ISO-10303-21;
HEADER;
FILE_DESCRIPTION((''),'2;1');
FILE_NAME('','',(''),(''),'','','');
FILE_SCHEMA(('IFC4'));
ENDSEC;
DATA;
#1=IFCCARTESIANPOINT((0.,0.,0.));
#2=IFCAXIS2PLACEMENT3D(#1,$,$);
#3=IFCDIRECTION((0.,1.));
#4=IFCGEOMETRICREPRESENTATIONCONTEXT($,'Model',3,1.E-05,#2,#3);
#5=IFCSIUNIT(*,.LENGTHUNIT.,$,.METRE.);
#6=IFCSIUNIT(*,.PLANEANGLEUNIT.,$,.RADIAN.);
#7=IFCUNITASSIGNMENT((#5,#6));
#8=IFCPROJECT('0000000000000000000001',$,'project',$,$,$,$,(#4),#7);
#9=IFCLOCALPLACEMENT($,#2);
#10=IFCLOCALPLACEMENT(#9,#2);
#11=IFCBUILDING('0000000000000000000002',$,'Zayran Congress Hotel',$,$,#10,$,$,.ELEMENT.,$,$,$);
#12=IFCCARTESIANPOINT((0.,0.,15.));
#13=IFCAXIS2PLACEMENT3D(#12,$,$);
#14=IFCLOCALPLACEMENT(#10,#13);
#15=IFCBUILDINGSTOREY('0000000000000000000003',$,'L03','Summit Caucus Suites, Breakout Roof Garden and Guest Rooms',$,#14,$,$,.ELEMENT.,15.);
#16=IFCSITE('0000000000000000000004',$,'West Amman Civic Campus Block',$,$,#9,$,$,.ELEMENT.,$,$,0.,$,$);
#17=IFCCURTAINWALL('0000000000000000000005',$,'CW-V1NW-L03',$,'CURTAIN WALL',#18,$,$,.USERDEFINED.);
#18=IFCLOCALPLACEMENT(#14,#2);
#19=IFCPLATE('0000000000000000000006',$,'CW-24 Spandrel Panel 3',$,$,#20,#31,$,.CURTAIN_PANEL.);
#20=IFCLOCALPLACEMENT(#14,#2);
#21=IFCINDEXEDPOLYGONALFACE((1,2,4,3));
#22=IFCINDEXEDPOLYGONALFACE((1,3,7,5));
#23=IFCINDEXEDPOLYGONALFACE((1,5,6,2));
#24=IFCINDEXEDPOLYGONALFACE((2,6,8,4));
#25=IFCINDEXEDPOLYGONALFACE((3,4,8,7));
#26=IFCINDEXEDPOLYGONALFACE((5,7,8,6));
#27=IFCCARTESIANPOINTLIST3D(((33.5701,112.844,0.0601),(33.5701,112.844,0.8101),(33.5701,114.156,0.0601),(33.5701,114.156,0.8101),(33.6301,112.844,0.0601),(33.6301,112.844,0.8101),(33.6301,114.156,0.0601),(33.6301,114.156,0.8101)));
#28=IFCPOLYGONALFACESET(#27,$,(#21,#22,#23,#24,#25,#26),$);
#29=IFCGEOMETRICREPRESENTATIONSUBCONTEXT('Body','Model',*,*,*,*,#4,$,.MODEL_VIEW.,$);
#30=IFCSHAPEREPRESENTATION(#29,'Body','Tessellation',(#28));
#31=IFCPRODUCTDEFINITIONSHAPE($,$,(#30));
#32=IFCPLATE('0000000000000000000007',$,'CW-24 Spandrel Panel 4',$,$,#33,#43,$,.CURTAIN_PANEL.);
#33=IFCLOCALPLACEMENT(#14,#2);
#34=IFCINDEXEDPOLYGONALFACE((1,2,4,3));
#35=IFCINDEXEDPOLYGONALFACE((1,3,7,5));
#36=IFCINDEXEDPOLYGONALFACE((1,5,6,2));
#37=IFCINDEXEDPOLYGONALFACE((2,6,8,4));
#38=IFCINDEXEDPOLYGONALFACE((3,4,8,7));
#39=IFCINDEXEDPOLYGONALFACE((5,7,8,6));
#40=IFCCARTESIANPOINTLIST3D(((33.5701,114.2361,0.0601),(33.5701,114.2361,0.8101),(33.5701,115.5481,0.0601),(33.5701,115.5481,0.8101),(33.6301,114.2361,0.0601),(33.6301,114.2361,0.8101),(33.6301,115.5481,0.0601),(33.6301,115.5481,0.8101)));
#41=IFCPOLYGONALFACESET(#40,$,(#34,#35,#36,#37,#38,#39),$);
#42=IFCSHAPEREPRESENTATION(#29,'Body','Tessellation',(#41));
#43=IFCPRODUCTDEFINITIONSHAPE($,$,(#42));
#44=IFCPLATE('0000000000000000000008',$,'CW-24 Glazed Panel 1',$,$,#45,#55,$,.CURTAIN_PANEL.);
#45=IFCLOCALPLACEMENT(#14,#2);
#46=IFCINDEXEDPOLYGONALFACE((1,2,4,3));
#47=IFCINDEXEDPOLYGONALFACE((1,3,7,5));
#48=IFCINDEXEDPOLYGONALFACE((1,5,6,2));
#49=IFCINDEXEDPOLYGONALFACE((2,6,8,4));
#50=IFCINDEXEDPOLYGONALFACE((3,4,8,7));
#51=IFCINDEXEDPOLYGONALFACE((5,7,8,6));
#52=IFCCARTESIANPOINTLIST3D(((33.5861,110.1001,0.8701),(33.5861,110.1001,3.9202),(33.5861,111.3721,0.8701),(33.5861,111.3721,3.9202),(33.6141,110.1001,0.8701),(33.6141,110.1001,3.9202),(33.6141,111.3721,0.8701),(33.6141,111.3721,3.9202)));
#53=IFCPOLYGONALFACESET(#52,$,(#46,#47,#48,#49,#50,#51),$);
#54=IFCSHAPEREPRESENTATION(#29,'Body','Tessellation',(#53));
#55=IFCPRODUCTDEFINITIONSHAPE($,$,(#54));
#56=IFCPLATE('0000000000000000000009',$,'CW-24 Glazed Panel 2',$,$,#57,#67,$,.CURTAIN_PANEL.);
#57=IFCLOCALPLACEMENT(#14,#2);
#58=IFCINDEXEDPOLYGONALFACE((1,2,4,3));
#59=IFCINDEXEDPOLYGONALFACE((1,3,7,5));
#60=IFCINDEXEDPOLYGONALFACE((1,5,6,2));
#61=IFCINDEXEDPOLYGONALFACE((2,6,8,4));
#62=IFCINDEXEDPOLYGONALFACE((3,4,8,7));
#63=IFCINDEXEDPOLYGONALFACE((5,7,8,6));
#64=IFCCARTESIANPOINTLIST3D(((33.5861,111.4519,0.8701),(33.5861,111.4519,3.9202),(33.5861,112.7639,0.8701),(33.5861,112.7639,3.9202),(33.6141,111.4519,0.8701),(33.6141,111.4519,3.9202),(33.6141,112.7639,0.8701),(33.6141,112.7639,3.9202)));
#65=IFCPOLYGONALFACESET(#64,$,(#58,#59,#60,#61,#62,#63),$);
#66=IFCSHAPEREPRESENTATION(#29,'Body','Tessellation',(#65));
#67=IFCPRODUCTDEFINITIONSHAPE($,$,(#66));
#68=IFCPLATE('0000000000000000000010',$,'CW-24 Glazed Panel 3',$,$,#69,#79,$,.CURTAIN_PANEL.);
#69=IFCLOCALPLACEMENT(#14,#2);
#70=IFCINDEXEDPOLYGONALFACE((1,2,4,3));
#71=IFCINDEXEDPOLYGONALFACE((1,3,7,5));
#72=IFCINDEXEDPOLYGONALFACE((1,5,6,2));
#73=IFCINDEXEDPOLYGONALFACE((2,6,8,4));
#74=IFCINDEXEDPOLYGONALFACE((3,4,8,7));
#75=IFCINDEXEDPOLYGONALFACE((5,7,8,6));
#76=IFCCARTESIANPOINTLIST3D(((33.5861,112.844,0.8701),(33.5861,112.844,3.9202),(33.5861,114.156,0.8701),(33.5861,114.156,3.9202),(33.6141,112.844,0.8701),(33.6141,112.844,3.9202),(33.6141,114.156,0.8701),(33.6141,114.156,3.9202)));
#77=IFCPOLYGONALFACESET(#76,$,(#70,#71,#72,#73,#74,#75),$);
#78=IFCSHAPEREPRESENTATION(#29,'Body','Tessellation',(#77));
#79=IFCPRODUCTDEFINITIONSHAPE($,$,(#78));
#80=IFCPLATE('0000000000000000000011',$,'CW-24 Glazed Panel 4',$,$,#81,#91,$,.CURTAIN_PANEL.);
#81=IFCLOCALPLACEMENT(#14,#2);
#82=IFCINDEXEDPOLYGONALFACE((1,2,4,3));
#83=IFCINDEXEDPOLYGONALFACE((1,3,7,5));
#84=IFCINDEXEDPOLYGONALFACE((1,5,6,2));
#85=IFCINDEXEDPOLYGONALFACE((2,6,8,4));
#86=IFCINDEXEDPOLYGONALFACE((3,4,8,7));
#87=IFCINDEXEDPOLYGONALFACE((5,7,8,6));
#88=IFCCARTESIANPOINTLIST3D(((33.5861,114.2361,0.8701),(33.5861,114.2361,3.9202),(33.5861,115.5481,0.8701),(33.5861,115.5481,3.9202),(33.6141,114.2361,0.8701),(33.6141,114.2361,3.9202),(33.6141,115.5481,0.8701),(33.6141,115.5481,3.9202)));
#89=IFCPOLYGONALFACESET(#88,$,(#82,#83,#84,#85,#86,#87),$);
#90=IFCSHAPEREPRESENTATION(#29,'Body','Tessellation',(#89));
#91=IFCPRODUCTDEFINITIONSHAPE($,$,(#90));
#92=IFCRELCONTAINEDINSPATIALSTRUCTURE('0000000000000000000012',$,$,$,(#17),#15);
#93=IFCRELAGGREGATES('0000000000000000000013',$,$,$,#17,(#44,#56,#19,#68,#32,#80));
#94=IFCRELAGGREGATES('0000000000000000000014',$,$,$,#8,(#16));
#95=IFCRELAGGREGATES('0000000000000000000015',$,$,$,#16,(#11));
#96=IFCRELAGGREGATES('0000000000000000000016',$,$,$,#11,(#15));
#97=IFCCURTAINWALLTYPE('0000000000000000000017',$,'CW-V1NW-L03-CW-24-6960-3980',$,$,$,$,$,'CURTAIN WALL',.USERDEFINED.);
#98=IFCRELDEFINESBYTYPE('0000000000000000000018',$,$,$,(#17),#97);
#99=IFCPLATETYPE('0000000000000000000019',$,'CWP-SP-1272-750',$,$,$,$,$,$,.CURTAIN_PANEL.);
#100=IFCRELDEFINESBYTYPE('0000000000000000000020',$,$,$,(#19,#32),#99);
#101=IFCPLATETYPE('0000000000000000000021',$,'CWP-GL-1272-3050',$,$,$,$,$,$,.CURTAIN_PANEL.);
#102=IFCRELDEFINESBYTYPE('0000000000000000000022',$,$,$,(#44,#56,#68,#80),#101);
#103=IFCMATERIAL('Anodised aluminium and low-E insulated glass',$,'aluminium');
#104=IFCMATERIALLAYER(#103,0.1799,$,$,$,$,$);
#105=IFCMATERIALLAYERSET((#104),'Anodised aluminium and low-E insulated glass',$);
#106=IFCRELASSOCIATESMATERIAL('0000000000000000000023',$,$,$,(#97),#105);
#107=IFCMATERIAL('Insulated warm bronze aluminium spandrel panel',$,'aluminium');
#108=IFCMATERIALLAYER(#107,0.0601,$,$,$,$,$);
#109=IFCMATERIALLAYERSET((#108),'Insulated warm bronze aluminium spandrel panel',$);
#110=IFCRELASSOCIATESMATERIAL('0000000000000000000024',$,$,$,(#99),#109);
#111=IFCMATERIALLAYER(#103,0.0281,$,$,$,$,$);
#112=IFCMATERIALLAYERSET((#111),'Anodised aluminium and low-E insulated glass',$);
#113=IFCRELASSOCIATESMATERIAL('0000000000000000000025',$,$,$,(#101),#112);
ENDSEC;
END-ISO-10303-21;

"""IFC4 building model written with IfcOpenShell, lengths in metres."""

from ifc_helpers import new_model, si_unit, direction, frame, origin, origin_2d, place, context, subcontext, project, spatial, rectangle, extrude, material, layer, layer_set, type_object, element, aggregate, save


model = new_model("IFC4")

# Units and contexts
model_context = context("Model", 3, precision=1e-05, world=origin(), true_north=direction((0.0, 1.0)))
body_context = subcontext(model_context, "Body", "Model", "MODEL_VIEW")
ifc_project = project(units=[si_unit("LENGTHUNIT", "METRE"), si_unit("PLANEANGLEUNIT", "RADIAN")], contexts=[model_context])

# Site, building, storey
site_placement = place(None, origin())
site = spatial("IfcSite", under=ifc_project, at=site_placement, Name="West Amman Civic Campus Block", CompositionType="ELEMENT", RefElevation=0.0)
building_placement = place(site_placement, origin())
building = spatial("IfcBuilding", under=site, at=building_placement, Name="Zayran Congress Hotel", CompositionType="ELEMENT")
storey_placement = place(building_placement, frame((0.0, 0.0, 15.0)))
storey = spatial("IfcBuildingStorey", under=building, at=storey_placement, Name="L03", Description="Summit Caucus Suites, Breakout Roof Garden and Guest Rooms", CompositionType="ELEMENT", Elevation=15.0)

# Curtain wall, plates
ifc_material_1 = material(Name="Anodised aluminium and low-E insulated glass", Category="aluminium")
ifc_layer_1 = layer(ifc_material_1, 0.1799)
ifc_layer_set_1 = layer_set([ifc_layer_1], Name="Anodised aluminium and low-E insulated glass")
curtain_wall_type = type_object("IfcCurtainWallType", Name="CW-V1NW-L03-CW-24-6960-3980", ElementType="CURTAIN WALL", PredefinedType="USERDEFINED", material=ifc_layer_set_1)
curtain_wall_placement = place(storey_placement, origin())
curtain_wall = element("IfcCurtainWall", 1, at=curtain_wall_placement, inside=storey, type_object=curtain_wall_type, Name="CW-V1NW-L03", ObjectType="CURTAIN WALL", PredefinedType="USERDEFINED")
ifc_material_2 = material(Name="Insulated warm bronze aluminium spandrel panel", Category="aluminium")
ifc_layer_2 = layer(ifc_material_2, 0.0601)
ifc_layer_set_2 = layer_set([ifc_layer_2], Name="Insulated warm bronze aluminium spandrel panel")
plate_type_1 = type_object("IfcPlateType", Name="CWP-SP-1272-750", PredefinedType="CURTAIN_PANEL", material=ifc_layer_set_2)
plate_1_placement = place(storey_placement, frame((33.6001, 113.5, 0.0601), z_axis=(0.0, 0.0, 1.0), x_axis=(0.0, 1.0, 0.0)))
plate_1 = element("IfcPlate", 2, at=plate_1_placement, type_object=plate_type_1, Name="CW-24 Spandrel Panel 3", PredefinedType="CURTAIN_PANEL", context=body_context, shape_type="SweptSolid", body=[
    extrude(rectangle(XDim=1.312, YDim=0.0601, at=origin_2d()), origin(), (0.0, 0.0, 1.0), 0.75),
])
plate_2_placement = place(storey_placement, frame((33.6001, 114.8921, 0.0601), z_axis=(0.0, 0.0, 1.0), x_axis=(0.0, 1.0, 0.0)))
plate_2 = element("IfcPlate", 3, at=plate_2_placement, type_object=plate_type_1, Name="CW-24 Spandrel Panel 4", PredefinedType="CURTAIN_PANEL", context=body_context, shape_type="SweptSolid", body=[
    extrude(rectangle(XDim=1.312, YDim=0.0601, at=origin_2d()), origin(), (0.0, 0.0, 1.0), 0.75),
])
ifc_layer_3 = layer(ifc_material_1, 0.0281)
ifc_layer_set_3 = layer_set([ifc_layer_3], Name="Anodised aluminium and low-E insulated glass")
plate_type_2 = type_object("IfcPlateType", Name="CWP-GL-1272-3050", PredefinedType="CURTAIN_PANEL", material=ifc_layer_set_3)
plate_3_placement = place(storey_placement, frame((33.6001, 110.7361, 0.8701), z_axis=(0.0, 0.0, 1.0), x_axis=(0.0, 1.0, 0.0)))
plate_3 = element("IfcPlate", 4, at=plate_3_placement, type_object=plate_type_2, Name="CW-24 Glazed Panel 1", PredefinedType="CURTAIN_PANEL", context=body_context, shape_type="SweptSolid", body=[
    extrude(rectangle(XDim=1.272, YDim=0.0281, at=origin_2d()), origin(), (0.0, 0.0, 1.0), 3.05),
])
plate_4_placement = place(storey_placement, frame((33.6001, 112.1079, 0.8701), z_axis=(0.0, 0.0, 1.0), x_axis=(0.0, 1.0, 0.0)))
plate_4 = element("IfcPlate", 5, at=plate_4_placement, type_object=plate_type_2, Name="CW-24 Glazed Panel 2", PredefinedType="CURTAIN_PANEL", context=body_context, shape_type="SweptSolid", body=[
    extrude(rectangle(XDim=1.312, YDim=0.0281, at=origin_2d()), origin(), (0.0, 0.0, 1.0), 3.05),
])
plate_5_placement = place(storey_placement, frame((33.6001, 113.5, 0.8701), z_axis=(0.0, 0.0, 1.0), x_axis=(0.0, 1.0, 0.0)))
plate_5 = element("IfcPlate", 6, at=plate_5_placement, type_object=plate_type_2, Name="CW-24 Glazed Panel 3", PredefinedType="CURTAIN_PANEL", context=body_context, shape_type="SweptSolid", body=[
    extrude(rectangle(XDim=1.312, YDim=0.0281, at=origin_2d()), origin(), (0.0, 0.0, 1.0), 3.05),
])
plate_6_placement = place(storey_placement, frame((33.6001, 114.8921, 0.8701), z_axis=(0.0, 0.0, 1.0), x_axis=(0.0, 1.0, 0.0)))
plate_6 = element("IfcPlate", 7, at=plate_6_placement, type_object=plate_type_2, Name="CW-24 Glazed Panel 4", PredefinedType="CURTAIN_PANEL", context=body_context, shape_type="SweptSolid", body=[
    extrude(rectangle(XDim=1.312, YDim=0.0281, at=origin_2d()), origin(), (0.0, 0.0, 1.0), 3.05),
])
aggregate(curtain_wall, [plate_3, plate_4, plate_1, plate_5, plate_2, plate_6])

save(model, "model.ifc")
